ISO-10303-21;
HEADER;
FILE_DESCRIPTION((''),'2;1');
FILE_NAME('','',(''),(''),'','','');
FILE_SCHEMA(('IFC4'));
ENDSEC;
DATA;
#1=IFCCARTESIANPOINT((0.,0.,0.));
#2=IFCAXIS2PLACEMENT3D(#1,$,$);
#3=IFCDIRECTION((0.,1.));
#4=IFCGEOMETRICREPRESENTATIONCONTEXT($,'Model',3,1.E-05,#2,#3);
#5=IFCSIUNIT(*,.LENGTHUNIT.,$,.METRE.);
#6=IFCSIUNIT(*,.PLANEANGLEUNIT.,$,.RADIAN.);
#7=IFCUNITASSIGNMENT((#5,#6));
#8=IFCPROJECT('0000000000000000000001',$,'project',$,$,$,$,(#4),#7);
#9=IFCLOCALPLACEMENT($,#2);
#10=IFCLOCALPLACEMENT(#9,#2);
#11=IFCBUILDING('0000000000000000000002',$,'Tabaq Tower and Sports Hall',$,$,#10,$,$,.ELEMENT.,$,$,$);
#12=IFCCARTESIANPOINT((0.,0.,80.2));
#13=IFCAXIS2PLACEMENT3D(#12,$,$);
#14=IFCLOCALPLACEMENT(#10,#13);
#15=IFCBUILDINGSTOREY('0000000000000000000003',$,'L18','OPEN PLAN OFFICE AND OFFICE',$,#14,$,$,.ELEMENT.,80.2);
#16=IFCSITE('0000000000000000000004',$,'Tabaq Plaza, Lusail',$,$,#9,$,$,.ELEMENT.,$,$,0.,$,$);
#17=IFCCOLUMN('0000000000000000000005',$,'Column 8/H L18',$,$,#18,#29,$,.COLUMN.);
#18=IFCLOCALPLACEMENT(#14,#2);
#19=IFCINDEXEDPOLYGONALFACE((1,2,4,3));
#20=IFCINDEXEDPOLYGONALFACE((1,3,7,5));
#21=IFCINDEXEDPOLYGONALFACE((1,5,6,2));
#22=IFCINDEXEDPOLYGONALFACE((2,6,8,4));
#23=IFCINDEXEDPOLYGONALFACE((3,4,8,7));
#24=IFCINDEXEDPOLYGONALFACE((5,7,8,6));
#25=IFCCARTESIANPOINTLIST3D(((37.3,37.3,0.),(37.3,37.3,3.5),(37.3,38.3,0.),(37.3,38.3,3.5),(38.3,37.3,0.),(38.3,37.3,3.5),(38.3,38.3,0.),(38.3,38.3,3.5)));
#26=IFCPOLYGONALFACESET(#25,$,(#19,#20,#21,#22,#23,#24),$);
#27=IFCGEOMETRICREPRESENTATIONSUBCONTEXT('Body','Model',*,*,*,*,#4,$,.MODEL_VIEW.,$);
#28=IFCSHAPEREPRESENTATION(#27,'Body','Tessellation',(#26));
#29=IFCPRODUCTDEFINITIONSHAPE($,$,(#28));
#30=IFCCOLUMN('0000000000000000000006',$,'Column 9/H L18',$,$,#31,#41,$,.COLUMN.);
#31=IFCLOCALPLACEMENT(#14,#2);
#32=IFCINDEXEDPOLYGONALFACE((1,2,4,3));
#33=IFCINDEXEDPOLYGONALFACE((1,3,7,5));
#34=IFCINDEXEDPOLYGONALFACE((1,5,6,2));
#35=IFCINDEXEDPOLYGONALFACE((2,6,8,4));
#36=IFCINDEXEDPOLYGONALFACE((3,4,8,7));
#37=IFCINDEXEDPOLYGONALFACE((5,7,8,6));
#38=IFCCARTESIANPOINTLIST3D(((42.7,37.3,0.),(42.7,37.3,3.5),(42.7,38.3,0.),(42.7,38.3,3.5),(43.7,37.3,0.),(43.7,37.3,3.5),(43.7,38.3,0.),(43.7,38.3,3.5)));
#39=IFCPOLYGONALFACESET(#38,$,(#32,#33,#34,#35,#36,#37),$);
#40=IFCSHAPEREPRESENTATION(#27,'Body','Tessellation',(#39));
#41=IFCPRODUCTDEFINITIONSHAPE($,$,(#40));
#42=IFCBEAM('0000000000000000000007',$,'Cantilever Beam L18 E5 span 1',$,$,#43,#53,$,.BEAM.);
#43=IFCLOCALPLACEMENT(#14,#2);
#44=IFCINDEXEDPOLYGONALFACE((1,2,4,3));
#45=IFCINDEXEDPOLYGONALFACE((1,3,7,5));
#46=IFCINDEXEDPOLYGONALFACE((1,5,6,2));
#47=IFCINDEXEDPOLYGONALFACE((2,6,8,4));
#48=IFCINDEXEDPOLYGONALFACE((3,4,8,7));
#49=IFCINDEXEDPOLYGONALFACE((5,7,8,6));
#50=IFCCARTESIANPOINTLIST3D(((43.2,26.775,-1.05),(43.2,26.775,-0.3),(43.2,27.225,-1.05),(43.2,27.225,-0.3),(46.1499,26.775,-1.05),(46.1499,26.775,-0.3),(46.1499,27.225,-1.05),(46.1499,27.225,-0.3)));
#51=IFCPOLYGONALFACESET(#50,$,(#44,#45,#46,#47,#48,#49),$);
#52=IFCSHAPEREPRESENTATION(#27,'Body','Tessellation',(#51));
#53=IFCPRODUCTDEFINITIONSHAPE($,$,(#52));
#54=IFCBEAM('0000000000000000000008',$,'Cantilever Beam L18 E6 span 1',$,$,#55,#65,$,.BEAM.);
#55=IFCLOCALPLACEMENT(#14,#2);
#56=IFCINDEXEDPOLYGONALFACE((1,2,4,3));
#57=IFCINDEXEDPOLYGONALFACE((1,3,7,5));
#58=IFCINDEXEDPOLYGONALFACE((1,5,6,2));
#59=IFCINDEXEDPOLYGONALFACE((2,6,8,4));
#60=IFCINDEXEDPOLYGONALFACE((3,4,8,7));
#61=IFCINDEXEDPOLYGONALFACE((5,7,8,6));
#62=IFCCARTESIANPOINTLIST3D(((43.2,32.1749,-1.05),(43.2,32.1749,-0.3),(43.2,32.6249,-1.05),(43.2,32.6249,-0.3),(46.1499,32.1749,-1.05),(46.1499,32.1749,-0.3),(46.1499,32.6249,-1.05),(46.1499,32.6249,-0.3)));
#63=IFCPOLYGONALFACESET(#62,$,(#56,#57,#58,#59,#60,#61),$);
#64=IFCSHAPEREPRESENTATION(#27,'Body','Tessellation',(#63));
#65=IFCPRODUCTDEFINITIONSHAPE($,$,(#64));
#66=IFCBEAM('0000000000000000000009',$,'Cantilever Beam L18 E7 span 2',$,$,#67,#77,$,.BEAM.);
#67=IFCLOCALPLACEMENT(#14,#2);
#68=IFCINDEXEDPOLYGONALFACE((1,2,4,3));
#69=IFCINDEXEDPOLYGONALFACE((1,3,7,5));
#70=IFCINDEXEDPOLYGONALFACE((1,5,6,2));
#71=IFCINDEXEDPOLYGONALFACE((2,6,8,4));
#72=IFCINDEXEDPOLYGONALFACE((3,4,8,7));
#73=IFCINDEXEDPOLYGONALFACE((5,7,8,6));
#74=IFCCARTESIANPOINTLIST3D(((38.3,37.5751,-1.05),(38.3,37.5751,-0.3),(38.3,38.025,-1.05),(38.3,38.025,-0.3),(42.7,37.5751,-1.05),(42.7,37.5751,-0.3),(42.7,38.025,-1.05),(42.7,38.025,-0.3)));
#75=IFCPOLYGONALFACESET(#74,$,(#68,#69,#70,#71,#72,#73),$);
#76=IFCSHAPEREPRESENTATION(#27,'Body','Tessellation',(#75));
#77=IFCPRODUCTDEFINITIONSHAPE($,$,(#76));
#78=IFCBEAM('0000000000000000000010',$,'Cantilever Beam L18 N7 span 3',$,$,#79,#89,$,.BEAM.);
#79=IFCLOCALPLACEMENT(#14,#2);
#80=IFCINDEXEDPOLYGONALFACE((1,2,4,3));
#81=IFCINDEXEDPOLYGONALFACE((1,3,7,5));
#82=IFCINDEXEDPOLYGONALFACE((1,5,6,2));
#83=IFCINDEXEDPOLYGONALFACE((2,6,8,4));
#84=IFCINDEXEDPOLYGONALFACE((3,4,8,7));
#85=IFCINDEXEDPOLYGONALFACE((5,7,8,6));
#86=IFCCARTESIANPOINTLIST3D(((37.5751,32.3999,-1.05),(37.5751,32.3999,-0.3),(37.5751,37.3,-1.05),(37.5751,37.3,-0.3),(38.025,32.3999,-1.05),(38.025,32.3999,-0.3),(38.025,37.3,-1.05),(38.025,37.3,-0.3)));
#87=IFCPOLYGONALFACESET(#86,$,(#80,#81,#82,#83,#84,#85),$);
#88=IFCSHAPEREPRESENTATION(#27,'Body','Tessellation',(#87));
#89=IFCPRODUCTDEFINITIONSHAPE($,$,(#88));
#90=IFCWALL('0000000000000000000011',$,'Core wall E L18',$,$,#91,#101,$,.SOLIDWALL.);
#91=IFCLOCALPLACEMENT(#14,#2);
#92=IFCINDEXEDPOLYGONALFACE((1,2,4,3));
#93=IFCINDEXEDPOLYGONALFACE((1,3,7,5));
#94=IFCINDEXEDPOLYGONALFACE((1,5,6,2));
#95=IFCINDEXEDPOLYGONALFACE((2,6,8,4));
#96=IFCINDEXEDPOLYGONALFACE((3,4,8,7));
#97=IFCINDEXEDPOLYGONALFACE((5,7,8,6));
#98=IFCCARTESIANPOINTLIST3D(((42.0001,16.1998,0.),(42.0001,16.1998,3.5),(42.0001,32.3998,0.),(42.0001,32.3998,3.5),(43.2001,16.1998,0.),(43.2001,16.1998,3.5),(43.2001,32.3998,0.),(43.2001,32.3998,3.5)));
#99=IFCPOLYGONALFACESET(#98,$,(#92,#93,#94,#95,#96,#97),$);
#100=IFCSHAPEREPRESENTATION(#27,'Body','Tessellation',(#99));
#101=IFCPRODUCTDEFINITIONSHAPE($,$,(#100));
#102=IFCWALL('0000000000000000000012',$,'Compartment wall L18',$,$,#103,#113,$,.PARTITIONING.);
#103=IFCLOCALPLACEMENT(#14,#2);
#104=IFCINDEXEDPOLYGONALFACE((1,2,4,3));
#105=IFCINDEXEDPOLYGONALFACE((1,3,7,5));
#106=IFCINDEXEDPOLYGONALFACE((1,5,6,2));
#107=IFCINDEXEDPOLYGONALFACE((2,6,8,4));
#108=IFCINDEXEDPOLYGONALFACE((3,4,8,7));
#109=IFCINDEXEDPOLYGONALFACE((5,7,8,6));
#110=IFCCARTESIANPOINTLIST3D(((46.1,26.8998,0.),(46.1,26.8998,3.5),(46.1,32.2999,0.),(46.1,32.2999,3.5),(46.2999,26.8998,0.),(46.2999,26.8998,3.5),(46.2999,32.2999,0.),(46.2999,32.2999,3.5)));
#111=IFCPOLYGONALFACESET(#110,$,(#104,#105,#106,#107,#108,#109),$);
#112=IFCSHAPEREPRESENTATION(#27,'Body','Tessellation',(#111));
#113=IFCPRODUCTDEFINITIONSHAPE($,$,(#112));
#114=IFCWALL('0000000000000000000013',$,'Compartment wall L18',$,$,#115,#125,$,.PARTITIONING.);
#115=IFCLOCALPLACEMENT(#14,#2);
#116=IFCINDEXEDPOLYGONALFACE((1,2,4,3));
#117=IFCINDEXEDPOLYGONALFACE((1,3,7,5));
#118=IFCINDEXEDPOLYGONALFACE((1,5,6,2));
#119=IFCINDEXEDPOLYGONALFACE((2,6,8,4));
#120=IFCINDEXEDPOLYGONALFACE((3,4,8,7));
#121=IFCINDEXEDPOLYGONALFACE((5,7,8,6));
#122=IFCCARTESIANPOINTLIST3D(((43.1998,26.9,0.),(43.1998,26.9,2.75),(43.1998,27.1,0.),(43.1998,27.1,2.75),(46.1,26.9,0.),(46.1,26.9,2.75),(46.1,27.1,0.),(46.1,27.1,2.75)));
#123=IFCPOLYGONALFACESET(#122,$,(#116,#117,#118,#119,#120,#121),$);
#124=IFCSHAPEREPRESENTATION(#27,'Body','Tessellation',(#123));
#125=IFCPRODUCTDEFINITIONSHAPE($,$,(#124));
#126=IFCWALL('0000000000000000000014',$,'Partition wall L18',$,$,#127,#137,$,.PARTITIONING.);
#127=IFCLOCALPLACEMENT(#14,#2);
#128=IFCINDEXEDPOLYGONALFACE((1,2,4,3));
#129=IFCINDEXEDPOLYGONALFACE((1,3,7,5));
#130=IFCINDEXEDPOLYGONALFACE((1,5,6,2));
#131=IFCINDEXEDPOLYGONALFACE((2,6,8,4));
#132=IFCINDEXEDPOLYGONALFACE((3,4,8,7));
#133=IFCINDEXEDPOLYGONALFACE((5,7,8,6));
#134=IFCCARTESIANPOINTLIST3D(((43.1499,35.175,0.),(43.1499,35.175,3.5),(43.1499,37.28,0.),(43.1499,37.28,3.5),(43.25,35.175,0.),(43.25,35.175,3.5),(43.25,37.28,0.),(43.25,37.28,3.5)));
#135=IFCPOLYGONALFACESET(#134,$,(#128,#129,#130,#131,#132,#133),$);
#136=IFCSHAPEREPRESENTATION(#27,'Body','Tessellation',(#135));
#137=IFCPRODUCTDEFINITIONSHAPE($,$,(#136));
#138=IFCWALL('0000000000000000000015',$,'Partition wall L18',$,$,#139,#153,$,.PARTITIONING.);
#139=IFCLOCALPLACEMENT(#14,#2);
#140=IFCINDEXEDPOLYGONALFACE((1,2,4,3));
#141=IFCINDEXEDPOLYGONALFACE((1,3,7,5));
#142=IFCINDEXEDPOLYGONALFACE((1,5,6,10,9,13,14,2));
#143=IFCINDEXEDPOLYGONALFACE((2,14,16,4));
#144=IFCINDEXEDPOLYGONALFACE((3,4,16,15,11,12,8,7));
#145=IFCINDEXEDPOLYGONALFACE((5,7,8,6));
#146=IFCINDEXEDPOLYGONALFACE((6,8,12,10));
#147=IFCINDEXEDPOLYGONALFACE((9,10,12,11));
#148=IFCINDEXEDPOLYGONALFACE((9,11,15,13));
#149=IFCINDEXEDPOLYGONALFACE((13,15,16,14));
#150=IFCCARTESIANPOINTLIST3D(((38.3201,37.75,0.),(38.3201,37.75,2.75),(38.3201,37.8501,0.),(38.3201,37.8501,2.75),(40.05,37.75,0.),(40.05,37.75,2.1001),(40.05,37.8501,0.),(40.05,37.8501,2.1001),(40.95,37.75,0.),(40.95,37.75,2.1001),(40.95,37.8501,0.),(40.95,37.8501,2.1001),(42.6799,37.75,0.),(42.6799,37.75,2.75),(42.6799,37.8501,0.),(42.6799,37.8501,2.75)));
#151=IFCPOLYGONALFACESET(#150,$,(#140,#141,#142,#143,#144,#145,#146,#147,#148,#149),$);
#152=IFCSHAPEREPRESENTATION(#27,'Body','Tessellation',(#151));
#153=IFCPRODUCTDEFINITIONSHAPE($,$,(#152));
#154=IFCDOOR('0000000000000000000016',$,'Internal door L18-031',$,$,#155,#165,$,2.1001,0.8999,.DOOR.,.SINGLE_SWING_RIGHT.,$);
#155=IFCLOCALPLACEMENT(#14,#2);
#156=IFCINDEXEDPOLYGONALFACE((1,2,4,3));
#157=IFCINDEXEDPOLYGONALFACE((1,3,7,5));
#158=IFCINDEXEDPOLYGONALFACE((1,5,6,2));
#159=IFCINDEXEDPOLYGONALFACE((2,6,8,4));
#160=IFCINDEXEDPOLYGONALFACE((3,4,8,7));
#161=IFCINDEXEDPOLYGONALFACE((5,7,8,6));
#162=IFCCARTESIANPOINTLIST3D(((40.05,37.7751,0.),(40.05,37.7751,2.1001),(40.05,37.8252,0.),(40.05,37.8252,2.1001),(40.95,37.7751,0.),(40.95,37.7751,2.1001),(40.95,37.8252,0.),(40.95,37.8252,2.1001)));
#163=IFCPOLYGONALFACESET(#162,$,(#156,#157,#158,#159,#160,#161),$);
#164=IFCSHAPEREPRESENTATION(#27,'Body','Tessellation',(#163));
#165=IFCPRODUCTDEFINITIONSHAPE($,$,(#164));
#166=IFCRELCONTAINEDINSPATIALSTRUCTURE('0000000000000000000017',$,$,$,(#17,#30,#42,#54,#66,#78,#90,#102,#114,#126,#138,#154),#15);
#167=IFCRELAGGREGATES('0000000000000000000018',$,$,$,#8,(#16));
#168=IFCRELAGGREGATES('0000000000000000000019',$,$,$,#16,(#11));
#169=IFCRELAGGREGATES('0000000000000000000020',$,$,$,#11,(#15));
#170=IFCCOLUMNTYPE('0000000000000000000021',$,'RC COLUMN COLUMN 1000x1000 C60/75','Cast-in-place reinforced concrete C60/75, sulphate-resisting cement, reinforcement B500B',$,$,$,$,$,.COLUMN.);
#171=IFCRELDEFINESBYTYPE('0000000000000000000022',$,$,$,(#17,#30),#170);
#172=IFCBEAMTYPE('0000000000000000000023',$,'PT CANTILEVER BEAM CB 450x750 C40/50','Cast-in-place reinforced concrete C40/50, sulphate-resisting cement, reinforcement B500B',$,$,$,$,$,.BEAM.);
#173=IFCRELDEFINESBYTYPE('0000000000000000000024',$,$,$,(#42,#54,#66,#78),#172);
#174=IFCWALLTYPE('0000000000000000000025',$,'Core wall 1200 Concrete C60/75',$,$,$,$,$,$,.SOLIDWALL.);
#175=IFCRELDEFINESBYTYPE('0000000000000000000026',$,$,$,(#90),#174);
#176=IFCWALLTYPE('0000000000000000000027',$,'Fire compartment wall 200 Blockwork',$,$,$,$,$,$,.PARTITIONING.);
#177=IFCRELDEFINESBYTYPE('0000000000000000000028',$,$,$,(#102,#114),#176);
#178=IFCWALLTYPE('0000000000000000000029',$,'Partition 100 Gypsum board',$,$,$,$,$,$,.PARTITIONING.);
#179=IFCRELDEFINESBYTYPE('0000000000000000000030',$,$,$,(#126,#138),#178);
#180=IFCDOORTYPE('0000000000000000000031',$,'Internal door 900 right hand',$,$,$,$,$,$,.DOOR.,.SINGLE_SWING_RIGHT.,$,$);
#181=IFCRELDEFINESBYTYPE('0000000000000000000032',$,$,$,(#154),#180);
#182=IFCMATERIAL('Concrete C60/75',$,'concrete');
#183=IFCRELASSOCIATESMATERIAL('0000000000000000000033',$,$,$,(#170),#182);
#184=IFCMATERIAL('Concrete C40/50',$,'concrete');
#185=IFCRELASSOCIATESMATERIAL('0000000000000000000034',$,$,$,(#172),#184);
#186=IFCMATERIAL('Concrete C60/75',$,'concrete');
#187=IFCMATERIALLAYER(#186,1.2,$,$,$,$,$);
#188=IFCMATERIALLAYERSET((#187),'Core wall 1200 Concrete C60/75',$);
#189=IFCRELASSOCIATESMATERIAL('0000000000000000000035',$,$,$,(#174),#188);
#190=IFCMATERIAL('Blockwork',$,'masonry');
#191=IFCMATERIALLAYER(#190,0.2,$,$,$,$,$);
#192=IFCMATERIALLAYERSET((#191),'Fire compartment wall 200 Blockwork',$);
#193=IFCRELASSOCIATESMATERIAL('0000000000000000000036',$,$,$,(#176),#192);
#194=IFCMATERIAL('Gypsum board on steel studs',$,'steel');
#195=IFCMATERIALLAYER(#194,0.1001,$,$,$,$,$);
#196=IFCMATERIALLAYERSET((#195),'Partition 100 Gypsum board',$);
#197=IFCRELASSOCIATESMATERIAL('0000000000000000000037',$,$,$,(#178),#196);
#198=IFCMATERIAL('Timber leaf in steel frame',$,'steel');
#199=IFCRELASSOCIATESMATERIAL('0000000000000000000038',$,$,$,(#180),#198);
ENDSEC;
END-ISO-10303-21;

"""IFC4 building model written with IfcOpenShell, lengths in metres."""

from ifc_helpers import new_model, si_unit, direction, frame, frame_2d, origin, origin_2d, place, context, subcontext, project, spatial, rectangle, extrude, material, layer, layer_set, material_profile, profile_set, type_object, element, fill, save


model = new_model("IFC4")

# Units and contexts
model_context = context("Model", 3, precision=1e-05, world=origin(), true_north=direction((0.0, 1.0)))
body_context = subcontext(model_context, "Body", "Model", "MODEL_VIEW")
ifc_project = project(units=[si_unit("LENGTHUNIT", "METRE"), si_unit("PLANEANGLEUNIT", "RADIAN")], contexts=[model_context])

# Site, building, storey
site_placement = place(None, origin())
site = spatial("IfcSite", under=ifc_project, at=site_placement, Name="Tabaq Plaza, Lusail", CompositionType="ELEMENT", RefElevation=0.0)
building_placement = place(site_placement, origin())
building = spatial("IfcBuilding", under=site, at=building_placement, Name="Tabaq Tower and Sports Hall", CompositionType="ELEMENT")
storey_placement = place(building_placement, frame((0.0, 0.0, 80.2)))
storey = spatial("IfcBuildingStorey", under=building, at=storey_placement, Name="L18", Description="OPEN PLAN OFFICE AND OFFICE", CompositionType="ELEMENT", Elevation=80.2)

# Columns
ifc_material_1 = material(Name="Concrete C60/75", Category="concrete")
ifc_material_profile_1 = material_profile(ifc_material_1, rectangle(XDim=1.0, YDim=1.0, at=origin_2d()), Name="COLUMN 1000x1000")
ifc_profile_set_1 = profile_set([ifc_material_profile_1], Name="Concrete C60/75")
column_type = type_object("IfcColumnType", Name="RC COLUMN COLUMN 1000x1000 C60/75", Description="Cast-in-place reinforced concrete C60/75, sulphate-resisting cement, reinforcement B500B", PredefinedType="COLUMN", material=ifc_profile_set_1)
for number, where, z_axis, x_axis, name in (
    (1, (37.8, 37.8, 0.0), (0.0, 0.0, 1.0), (1.0, 0.0, 0.0), "Column 8/H L18"),
    (2, (43.2, 37.8, 0.0), (0.0, 0.0, 1.0), (1.0, 0.0, 0.0), "Column 9/H L18"),
):
    element("IfcColumn", number, at=place(storey_placement, frame(where, z_axis=z_axis, x_axis=x_axis)), inside=storey, type_object=column_type, Name=name, PredefinedType="COLUMN", context=body_context, shape_type="SweptSolid", body=[
        extrude(rectangle(XDim=1.0, YDim=1.0, at=origin_2d()), origin(), (0.0, 0.0, 1.0), 3.5),
    ])

# Beams
ifc_material_2 = material(Name="Concrete C40/50", Category="concrete")
ifc_material_profile_2 = material_profile(ifc_material_2, rectangle(XDim=0.45, YDim=0.75, at=origin_2d()), Name="CB 450x750")
ifc_profile_set_2 = profile_set([ifc_material_profile_2], Name="Concrete C40/50")
beam_type = type_object("IfcBeamType", Name="PT CANTILEVER BEAM CB 450x750 C40/50", Description="Cast-in-place reinforced concrete C40/50, sulphate-resisting cement, reinforcement B500B", PredefinedType="BEAM", material=ifc_profile_set_2)
for number, where, z_axis, x_axis, name in (
    (3, (46.1499, 27.0, -0.675), (-1.0, 0.0, 0.0), (0.0, -1.0, 0.0), "Cantilever Beam L18 E5 span 1"),
    (4, (46.1499, 32.3999, -0.675), (-1.0, 0.0, 0.0), (0.0, -1.0, 0.0), "Cantilever Beam L18 E6 span 1"),
):
    element("IfcBeam", number, at=place(storey_placement, frame(where, z_axis=z_axis, x_axis=x_axis)), inside=storey, type_object=beam_type, Name=name, PredefinedType="BEAM", context=body_context, shape_type="SweptSolid", body=[
        extrude(rectangle(XDim=0.45, YDim=0.75, at=origin_2d()), origin(), (0.0, 0.0, 1.0), 2.95),
    ])
beam_1_placement = place(storey_placement, frame((42.7, 37.8, -0.675), z_axis=(-1.0, 0.0, 0.0), x_axis=(0.0, -1.0, 0.0)))
element("IfcBeam", 5, at=beam_1_placement, inside=storey, type_object=beam_type, Name="Cantilever Beam L18 E7 span 2", PredefinedType="BEAM", context=body_context, shape_type="SweptSolid", body=[
    extrude(rectangle(XDim=0.45, YDim=0.75, at=origin_2d()), origin(), (0.0, 0.0, 1.0), 4.3999),
])
beam_2_placement = place(storey_placement, frame((37.8, 37.3, -0.675), z_axis=(0.0, -1.0, 0.0), x_axis=(1.0, 0.0, 0.0)))
element("IfcBeam", 6, at=beam_2_placement, inside=storey, type_object=beam_type, Name="Cantilever Beam L18 N7 span 3", PredefinedType="BEAM", context=body_context, shape_type="SweptSolid", body=[
    extrude(rectangle(XDim=0.45, YDim=0.75, at=origin_2d()), origin(), (0.0, 0.0, 1.0), 4.9001),
])

# Wall
ifc_material_3 = material(Name="Concrete C60/75", Category="concrete")
ifc_layer_1 = layer(ifc_material_3, 1.2)
ifc_layer_set_1 = layer_set([ifc_layer_1], Name="Core wall 1200 Concrete C60/75")
wall_type_1 = type_object("IfcWallType", Name="Core wall 1200 Concrete C60/75", PredefinedType="SOLIDWALL", material=ifc_layer_set_1)
wall_1_placement = place(storey_placement, frame((42.6001, 32.3999, 0.0), z_axis=(0.0, 0.0, 1.0), x_axis=(0.0, -1.0, 0.0)))
element("IfcWall", 7, at=wall_1_placement, inside=storey, type_object=wall_type_1, Name="Core wall E L18", PredefinedType="SOLIDWALL", context=body_context, shape_type="SweptSolid", body=[
    extrude(rectangle(XDim=16.2, YDim=1.2, at=frame_2d((8.1001, 0.0))), origin(), (0.0, 0.0, 1.0), 3.5),
])

# Shared definitions
ifc_material_4 = material(Name="Blockwork", Category="masonry")
ifc_layer_2 = layer(ifc_material_4, 0.2)
ifc_layer_set_2 = layer_set([ifc_layer_2], Name="Fire compartment wall 200 Blockwork")
wall_type_2 = type_object("IfcWallType", Name="Fire compartment wall 200 Blockwork", PredefinedType="PARTITIONING", material=ifc_layer_set_2)

# Walls
wall_2_placement = place(storey_placement, frame((46.2, 32.3, 0.0), z_axis=(0.0, 0.0, 1.0), x_axis=(0.0, -1.0, 0.0)))
element("IfcWall", 8, at=wall_2_placement, inside=storey, type_object=wall_type_2, Name="Compartment wall L18", PredefinedType="PARTITIONING", context=body_context, shape_type="SweptSolid", body=[
    extrude(rectangle(XDim=5.4001, YDim=0.2, at=frame_2d((2.7002, 0.0))), origin(), (0.0, 0.0, 1.0), 3.5),
])
wall_3_placement = place(storey_placement, frame((46.1001, 27.0, 0.0), z_axis=(0.0, 0.0, 1.0), x_axis=(-1.0, 0.0, 0.0)))
element("IfcWall", 9, at=wall_3_placement, inside=storey, type_object=wall_type_2, Name="Compartment wall L18", PredefinedType="PARTITIONING", context=body_context, shape_type="SweptSolid", body=[
    extrude(rectangle(XDim=2.9001, YDim=0.2, at=frame_2d((1.4502, 0.0))), origin(), (0.0, 0.0, 1.0), 2.75),
])
ifc_material_5 = material(Name="Gypsum board on steel studs", Category="steel")
ifc_layer_3 = layer(ifc_material_5, 0.1001)
ifc_layer_set_3 = layer_set([ifc_layer_3], Name="Partition 100 Gypsum board")
wall_type_3 = type_object("IfcWallType", Name="Partition 100 Gypsum board", PredefinedType="PARTITIONING", material=ifc_layer_set_3)
wall_4_placement = place(storey_placement, frame((43.2, 35.175, 0.0), z_axis=(0.0, 0.0, 1.0), x_axis=(0.0, 1.0, 0.0)))
element("IfcWall", 10, at=wall_4_placement, inside=storey, type_object=wall_type_3, Name="Partition wall L18", PredefinedType="PARTITIONING", context=body_context, shape_type="SweptSolid", body=[
    extrude(rectangle(XDim=2.105, YDim=0.1001, at=frame_2d((1.0525, 0.0))), origin(), (0.0, 0.0, 1.0), 3.5),
])

# Wall, opening, door
wall_5_placement = place(storey_placement, frame((42.6799, 37.8, 0.0), z_axis=(0.0, 0.0, 1.0), x_axis=(-1.0, 0.0, 0.0)))
wall_5 = element("IfcWall", 11, at=wall_5_placement, inside=storey, type_object=wall_type_3, Name="Partition wall L18", PredefinedType="PARTITIONING", context=body_context, shape_type="SweptSolid", body=[
    extrude(rectangle(XDim=4.3599, YDim=0.1001, at=frame_2d((2.1799, 0.0))), origin(), (0.0, 0.0, 1.0), 2.75),
])
opening_1_placement = place(wall_5_placement, frame((1.73, 0.0, 0.0)))
opening_1 = element("IfcOpeningElement", 12, at=opening_1_placement, cuts=wall_5, PredefinedType="OPENING", context=body_context, shape_type="SweptSolid", body=[
    extrude(rectangle(XDim=0.8999, YDim=2.1001, at=frame_2d((0.45, 1.05))), frame((0.0, 0.05, 0.0), z_axis=(0.0, -1.0, 0.0), x_axis=(1.0, 0.0, 0.0)), (0.0, 0.0, 1.0), 0.1001),
])
ifc_material_6 = material(Name="Timber leaf in steel frame", Category="steel")
door_type_1 = type_object("IfcDoorType", Name="Internal door 900 right hand", OperationType="SINGLE_SWING_RIGHT", PredefinedType="DOOR", material=ifc_material_6)
door_1_placement = place(opening_1_placement, origin())
door_1 = element("IfcDoor", 13, at=door_1_placement, inside=storey, type_object=door_type_1, Name="Internal door L18-031", OperationType="SINGLE_SWING_RIGHT", OverallHeight=2.1001, OverallWidth=0.8999, PredefinedType="DOOR", context=body_context, shape_type="SweptSolid", body=[
    extrude(rectangle(XDim=0.8999, YDim=2.1001, at=frame_2d((0.45, 1.05))), frame((0.0, 0.0249, 0.0), z_axis=(0.0, -1.0, 0.0), x_axis=(1.0, 0.0, 0.0)), (0.0, 0.0, 1.0), 0.05),
])
fill(opening_1, door_1)

save(model, "model.ifc")
